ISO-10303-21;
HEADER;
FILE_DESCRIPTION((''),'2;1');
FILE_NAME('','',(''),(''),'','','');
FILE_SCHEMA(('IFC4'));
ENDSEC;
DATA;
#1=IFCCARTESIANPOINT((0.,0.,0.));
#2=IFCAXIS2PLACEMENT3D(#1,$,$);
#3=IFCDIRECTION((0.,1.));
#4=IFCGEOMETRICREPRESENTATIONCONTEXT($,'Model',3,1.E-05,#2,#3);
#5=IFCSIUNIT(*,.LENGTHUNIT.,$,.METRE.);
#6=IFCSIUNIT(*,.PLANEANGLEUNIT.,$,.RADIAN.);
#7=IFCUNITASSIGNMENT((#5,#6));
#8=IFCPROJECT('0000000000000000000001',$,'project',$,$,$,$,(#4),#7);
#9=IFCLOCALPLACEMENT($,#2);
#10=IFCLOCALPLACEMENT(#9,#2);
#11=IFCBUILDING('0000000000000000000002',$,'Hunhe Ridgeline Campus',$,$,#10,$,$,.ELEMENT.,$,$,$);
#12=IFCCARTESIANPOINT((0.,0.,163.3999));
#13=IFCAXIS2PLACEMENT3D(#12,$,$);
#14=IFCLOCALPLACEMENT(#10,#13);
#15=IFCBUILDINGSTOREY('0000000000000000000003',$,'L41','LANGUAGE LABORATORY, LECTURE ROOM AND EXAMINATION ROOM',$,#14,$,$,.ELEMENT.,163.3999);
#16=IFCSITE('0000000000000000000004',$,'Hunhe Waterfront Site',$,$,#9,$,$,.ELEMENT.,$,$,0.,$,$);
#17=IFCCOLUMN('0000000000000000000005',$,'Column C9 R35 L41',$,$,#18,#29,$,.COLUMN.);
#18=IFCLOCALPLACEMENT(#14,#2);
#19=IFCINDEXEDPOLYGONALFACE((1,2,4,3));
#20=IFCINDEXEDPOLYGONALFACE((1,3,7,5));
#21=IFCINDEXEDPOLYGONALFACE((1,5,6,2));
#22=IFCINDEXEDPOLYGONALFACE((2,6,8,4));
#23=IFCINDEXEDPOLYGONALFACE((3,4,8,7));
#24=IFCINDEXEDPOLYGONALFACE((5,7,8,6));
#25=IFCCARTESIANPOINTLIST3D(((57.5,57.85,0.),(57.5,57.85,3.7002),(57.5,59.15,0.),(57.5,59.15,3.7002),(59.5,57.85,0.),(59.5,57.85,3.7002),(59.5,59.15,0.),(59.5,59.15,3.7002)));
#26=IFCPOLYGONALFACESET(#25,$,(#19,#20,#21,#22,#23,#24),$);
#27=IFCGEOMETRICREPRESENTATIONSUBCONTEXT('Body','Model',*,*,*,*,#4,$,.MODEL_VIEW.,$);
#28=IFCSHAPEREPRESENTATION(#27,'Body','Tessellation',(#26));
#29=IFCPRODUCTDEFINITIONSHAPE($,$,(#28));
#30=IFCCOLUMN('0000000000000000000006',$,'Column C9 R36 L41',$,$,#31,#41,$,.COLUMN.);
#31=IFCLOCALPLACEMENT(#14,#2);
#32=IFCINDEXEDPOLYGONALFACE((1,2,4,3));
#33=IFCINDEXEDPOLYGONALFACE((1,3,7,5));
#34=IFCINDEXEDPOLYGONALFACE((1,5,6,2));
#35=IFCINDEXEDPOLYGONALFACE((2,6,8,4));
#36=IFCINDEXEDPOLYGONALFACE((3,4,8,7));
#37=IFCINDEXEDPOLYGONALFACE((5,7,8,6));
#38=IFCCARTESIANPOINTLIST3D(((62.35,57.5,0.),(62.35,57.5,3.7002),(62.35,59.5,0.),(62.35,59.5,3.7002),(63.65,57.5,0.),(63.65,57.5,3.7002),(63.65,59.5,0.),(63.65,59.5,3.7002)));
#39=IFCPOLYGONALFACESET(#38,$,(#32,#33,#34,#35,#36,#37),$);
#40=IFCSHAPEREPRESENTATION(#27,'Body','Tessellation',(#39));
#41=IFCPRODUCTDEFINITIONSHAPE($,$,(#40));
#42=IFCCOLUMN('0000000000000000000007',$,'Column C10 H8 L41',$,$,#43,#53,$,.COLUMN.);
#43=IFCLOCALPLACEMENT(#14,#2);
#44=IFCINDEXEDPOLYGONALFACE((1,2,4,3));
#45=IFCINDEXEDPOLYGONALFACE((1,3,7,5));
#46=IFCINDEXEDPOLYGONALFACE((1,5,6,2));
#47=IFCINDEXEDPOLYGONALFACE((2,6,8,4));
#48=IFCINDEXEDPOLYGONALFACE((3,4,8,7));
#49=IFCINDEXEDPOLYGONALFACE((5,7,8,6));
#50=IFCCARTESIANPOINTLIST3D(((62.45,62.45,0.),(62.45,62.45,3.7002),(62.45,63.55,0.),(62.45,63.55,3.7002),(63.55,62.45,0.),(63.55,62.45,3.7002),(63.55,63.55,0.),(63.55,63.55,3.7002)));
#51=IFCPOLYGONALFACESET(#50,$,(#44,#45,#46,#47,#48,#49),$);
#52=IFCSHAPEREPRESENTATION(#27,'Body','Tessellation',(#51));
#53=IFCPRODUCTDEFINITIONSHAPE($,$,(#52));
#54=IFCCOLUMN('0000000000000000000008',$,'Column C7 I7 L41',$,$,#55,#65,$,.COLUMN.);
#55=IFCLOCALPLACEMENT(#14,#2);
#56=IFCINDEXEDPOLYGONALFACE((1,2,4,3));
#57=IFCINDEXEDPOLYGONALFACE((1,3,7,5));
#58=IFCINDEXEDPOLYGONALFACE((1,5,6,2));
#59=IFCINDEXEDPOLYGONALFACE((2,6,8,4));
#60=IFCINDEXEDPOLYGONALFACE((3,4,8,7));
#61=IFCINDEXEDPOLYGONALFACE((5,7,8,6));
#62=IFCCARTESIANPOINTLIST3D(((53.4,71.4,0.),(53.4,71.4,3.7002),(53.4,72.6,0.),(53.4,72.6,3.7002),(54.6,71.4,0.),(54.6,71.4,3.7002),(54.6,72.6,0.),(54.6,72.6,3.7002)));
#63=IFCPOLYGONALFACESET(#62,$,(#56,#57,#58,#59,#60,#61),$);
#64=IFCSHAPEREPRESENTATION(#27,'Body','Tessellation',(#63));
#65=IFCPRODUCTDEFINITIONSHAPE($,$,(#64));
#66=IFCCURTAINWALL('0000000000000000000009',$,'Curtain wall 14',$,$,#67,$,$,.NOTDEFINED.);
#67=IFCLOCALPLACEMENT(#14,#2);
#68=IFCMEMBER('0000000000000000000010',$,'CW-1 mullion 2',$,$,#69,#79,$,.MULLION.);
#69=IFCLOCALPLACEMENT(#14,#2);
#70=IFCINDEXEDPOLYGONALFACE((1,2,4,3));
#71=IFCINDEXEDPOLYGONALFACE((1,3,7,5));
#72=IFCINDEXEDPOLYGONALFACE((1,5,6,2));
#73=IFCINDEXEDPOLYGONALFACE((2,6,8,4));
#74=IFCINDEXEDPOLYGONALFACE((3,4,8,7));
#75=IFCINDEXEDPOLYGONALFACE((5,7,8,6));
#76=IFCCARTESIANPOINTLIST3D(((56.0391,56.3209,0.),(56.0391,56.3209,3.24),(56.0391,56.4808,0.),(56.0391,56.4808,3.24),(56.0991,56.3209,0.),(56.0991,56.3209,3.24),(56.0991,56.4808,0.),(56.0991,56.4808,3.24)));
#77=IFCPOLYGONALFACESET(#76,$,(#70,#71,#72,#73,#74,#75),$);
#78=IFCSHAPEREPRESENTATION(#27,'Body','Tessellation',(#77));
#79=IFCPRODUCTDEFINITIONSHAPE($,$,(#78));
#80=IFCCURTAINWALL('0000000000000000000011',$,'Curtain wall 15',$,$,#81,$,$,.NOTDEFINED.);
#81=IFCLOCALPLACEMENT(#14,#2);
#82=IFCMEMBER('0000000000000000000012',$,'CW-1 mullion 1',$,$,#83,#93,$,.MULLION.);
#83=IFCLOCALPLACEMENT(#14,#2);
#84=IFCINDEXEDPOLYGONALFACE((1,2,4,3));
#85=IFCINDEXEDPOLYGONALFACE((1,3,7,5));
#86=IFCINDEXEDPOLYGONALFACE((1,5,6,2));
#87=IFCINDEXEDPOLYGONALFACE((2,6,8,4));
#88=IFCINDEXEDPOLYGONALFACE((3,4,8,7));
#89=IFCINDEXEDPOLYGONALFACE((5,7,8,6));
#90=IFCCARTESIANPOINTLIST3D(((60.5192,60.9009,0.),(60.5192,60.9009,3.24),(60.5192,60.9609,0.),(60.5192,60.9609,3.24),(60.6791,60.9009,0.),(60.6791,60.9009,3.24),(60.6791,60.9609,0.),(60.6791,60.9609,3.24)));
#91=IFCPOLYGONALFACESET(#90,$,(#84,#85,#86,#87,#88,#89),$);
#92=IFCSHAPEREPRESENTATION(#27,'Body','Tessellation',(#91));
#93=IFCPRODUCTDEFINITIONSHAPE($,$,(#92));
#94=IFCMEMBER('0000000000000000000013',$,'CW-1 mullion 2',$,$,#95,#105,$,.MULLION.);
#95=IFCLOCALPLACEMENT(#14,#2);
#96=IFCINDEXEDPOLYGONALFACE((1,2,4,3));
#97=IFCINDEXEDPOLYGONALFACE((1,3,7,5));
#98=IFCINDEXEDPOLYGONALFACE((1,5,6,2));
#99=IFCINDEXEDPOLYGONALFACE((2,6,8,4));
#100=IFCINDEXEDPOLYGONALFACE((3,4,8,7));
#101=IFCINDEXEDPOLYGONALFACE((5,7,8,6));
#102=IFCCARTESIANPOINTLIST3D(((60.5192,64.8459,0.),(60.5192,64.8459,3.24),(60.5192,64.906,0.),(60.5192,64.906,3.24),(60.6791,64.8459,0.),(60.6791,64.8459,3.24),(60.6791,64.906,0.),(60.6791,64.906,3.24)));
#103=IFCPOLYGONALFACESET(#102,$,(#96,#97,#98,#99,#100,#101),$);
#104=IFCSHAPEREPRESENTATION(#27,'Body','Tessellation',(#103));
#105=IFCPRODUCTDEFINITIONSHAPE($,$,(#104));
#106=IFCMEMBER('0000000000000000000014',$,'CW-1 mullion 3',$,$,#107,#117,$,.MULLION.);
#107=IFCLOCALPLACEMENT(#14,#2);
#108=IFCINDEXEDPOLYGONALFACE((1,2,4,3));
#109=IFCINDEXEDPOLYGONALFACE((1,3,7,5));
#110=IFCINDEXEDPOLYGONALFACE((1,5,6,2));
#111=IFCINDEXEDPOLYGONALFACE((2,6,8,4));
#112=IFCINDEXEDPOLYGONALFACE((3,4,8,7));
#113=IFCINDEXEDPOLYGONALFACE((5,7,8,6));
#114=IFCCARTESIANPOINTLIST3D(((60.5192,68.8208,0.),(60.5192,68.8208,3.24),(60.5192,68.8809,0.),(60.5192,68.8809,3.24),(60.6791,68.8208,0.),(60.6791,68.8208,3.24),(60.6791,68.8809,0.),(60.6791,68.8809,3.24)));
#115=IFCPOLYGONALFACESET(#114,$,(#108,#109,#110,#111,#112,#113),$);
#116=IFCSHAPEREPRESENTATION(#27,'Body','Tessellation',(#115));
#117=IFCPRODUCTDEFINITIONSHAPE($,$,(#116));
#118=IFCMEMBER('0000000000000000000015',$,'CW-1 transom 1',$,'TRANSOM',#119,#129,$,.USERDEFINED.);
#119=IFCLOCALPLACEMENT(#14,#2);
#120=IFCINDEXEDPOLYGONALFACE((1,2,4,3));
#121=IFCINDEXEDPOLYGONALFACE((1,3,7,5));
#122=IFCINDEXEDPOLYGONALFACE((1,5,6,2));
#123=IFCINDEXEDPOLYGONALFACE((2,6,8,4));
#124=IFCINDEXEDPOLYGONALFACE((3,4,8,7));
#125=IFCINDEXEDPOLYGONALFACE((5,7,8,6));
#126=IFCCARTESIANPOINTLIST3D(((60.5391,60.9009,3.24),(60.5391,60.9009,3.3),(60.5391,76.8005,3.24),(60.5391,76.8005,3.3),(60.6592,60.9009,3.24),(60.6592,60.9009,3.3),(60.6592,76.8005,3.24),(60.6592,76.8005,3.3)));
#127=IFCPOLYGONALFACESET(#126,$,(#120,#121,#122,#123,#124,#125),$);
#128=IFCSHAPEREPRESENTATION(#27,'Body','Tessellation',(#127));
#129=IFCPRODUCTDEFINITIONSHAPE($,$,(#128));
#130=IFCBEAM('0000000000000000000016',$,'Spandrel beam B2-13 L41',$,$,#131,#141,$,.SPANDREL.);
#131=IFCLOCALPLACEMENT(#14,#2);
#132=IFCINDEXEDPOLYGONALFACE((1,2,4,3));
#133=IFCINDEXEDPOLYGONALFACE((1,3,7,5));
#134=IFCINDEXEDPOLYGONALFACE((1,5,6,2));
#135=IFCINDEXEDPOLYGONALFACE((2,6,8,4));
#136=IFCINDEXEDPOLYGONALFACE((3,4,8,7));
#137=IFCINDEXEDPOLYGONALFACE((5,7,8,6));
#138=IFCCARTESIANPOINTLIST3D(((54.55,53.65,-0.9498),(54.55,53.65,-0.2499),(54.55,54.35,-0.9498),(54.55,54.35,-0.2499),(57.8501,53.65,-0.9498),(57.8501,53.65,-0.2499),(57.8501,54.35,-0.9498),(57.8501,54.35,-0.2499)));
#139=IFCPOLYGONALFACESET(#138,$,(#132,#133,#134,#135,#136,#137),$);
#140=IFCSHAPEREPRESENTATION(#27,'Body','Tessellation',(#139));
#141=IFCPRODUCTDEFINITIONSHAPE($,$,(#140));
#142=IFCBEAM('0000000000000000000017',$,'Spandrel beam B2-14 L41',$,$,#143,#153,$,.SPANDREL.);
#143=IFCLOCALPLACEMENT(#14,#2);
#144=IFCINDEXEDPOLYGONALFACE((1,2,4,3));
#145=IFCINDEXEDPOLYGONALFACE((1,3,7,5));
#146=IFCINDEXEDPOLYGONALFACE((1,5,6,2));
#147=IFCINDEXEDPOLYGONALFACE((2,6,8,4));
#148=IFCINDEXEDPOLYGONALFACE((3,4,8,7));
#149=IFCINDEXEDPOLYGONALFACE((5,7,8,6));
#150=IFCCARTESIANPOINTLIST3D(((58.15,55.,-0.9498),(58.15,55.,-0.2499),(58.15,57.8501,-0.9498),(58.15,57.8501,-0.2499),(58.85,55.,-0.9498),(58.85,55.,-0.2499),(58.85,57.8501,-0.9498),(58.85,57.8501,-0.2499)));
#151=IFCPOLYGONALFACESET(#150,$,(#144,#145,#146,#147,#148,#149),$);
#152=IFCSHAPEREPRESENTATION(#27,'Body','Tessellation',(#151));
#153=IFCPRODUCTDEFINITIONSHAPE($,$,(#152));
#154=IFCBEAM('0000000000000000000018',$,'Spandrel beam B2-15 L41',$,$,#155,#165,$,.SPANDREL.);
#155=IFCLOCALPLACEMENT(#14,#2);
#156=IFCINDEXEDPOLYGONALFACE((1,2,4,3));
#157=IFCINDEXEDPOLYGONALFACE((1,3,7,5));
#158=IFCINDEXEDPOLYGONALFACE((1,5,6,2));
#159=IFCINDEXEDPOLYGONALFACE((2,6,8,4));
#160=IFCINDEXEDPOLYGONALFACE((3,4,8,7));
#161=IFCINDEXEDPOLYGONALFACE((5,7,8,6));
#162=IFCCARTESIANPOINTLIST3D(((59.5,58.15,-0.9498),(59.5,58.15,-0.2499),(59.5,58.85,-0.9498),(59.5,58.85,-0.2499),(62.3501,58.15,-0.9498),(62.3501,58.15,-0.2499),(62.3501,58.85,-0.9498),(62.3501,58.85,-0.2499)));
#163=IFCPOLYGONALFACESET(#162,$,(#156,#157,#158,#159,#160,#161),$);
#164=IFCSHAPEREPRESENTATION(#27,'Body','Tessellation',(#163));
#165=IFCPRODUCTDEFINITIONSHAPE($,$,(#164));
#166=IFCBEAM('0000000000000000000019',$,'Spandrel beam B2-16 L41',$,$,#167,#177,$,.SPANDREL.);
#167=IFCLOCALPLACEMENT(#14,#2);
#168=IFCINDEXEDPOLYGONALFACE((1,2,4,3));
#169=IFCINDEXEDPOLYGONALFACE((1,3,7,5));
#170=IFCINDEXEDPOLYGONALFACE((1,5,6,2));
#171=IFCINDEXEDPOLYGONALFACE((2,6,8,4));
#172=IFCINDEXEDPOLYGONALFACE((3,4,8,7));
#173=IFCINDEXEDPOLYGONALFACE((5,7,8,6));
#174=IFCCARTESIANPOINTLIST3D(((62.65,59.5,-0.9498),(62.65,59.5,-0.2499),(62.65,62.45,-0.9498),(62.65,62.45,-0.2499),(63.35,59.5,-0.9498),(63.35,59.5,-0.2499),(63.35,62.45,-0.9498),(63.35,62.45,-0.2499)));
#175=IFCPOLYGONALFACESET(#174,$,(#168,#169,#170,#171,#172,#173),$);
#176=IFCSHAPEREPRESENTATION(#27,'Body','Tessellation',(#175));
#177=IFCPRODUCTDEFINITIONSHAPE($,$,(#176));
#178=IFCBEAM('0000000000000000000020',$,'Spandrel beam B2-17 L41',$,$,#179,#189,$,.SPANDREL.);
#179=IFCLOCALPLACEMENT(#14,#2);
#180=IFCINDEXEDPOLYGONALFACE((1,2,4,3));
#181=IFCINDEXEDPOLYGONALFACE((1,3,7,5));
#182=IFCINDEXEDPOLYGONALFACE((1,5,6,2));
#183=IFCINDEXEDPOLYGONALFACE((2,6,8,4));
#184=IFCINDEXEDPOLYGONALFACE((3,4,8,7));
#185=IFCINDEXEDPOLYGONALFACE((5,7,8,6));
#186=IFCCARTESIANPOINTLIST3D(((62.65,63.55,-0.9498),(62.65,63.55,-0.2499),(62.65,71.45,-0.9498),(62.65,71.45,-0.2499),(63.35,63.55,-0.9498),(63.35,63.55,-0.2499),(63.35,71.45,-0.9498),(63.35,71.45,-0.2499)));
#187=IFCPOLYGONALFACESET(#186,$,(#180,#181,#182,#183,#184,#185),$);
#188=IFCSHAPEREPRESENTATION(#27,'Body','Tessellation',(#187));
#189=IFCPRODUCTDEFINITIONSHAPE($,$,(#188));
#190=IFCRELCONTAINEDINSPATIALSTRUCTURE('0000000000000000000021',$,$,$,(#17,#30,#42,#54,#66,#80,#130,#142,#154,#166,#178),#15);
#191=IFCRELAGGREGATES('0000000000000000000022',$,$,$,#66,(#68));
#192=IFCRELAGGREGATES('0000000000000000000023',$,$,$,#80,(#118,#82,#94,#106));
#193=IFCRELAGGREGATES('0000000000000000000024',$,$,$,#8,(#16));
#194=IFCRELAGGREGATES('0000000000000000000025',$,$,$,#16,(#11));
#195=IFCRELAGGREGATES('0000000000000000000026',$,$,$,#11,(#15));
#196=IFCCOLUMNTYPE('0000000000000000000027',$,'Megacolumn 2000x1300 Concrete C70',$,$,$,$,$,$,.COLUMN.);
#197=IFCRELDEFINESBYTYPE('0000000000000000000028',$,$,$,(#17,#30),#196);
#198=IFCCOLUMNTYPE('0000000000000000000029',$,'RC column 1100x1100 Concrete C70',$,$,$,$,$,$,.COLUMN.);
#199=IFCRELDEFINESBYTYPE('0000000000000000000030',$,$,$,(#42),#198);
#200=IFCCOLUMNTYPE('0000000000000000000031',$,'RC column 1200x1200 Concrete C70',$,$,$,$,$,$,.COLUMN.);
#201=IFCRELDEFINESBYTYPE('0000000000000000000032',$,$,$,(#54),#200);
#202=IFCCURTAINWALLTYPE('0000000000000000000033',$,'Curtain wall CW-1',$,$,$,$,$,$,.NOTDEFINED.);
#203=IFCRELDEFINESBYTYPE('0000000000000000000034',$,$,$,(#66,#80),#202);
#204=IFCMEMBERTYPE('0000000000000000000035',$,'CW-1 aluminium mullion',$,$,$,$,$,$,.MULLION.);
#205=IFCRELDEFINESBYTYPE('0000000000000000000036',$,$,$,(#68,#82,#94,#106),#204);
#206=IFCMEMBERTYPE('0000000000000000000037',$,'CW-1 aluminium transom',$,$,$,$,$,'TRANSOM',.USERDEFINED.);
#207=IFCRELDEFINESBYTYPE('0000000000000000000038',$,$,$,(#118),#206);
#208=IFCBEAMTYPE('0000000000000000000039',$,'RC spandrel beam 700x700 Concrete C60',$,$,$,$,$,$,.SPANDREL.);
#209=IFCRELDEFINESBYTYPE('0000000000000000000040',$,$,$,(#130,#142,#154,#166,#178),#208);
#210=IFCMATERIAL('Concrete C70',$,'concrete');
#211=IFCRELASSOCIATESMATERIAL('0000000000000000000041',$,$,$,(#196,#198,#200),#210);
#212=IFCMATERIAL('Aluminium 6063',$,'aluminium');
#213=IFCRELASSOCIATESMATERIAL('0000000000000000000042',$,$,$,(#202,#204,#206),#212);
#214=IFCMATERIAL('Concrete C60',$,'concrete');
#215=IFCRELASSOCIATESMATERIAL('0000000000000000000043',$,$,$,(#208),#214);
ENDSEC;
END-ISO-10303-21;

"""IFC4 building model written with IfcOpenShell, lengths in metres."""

from ifc_helpers import new_model, si_unit, direction, frame, origin, origin_2d, place, context, subcontext, project, spatial, rectangle, extrude, material, material_profile, profile_set, type_object, element, aggregate, save


model = new_model("IFC4")

# Units and contexts
model_context = context("Model", 3, precision=1e-05, world=origin(), true_north=direction((0.0, 1.0)))
body_context = subcontext(model_context, "Body", "Model", "MODEL_VIEW")
ifc_project = project(units=[si_unit("LENGTHUNIT", "METRE"), si_unit("PLANEANGLEUNIT", "RADIAN")], contexts=[model_context])

# Site, building, storey
site_placement = place(None, origin())
site = spatial("IfcSite", under=ifc_project, at=site_placement, Name="Hunhe Waterfront Site", CompositionType="ELEMENT", RefElevation=0.0)
building_placement = place(site_placement, origin())
building = spatial("IfcBuilding", under=site, at=building_placement, Name="Hunhe Ridgeline Campus", CompositionType="ELEMENT")
storey_placement = place(building_placement, frame((0.0, 0.0, 163.3999)))
storey = spatial("IfcBuildingStorey", under=building, at=storey_placement, Name="L41", Description="LANGUAGE LABORATORY, LECTURE ROOM AND EXAMINATION ROOM", CompositionType="ELEMENT", Elevation=163.3999)

# Columns
ifc_material_1 = material(Name="Concrete C70", Category="concrete")
ifc_material_profile_1 = material_profile(ifc_material_1, rectangle(XDim=2.0, YDim=1.3, at=origin_2d()))
ifc_profile_set_1 = profile_set([ifc_material_profile_1], Name="Concrete C70")
column_type_1 = type_object("IfcColumnType", Name="Megacolumn 2000x1300 Concrete C70", PredefinedType="COLUMN", material=ifc_profile_set_1)
for number, where, z_axis, x_axis, name in (
    (1, (58.5, 58.5, 0.0), (0.0, 0.0, 1.0), (1.0, 0.0, 0.0), "Column C9 R35 L41"),
    (2, (63.0, 58.5, 0.0), (0.0, 0.0, 1.0), (0.0, 1.0, 0.0), "Column C9 R36 L41"),
):
    element("IfcColumn", number, at=place(storey_placement, frame(where, z_axis=z_axis, x_axis=x_axis)), inside=storey, type_object=column_type_1, Name=name, PredefinedType="COLUMN", context=body_context, shape_type="SweptSolid", body=[
        extrude(rectangle(XDim=2.0, YDim=1.3, at=origin_2d()), origin(), (0.0, 0.0, 1.0), 3.7002),
    ])
ifc_material_profile_2 = material_profile(ifc_material_1, rectangle(XDim=1.1001, YDim=1.1001, at=origin_2d()))
ifc_profile_set_2 = profile_set([ifc_material_profile_2], Name="Concrete C70")
column_type_2 = type_object("IfcColumnType", Name="RC column 1100x1100 Concrete C70", PredefinedType="COLUMN", material=ifc_profile_set_2)
column_1_placement = place(storey_placement, frame((63.0, 63.0, 0.0), z_axis=(0.0, 0.0, 1.0), x_axis=(1.0, 0.0, 0.0)))
element("IfcColumn", 3, at=column_1_placement, inside=storey, type_object=column_type_2, Name="Column C10 H8 L41", PredefinedType="COLUMN", context=body_context, shape_type="SweptSolid", body=[
    extrude(rectangle(XDim=1.1001, YDim=1.1001, at=origin_2d()), origin(), (0.0, 0.0, 1.0), 3.7002),
])
ifc_material_profile_3 = material_profile(ifc_material_1, rectangle(XDim=1.2, YDim=1.2, at=origin_2d()))
ifc_profile_set_3 = profile_set([ifc_material_profile_3], Name="Concrete C70")
column_type_3 = type_object("IfcColumnType", Name="RC column 1200x1200 Concrete C70", PredefinedType="COLUMN", material=ifc_profile_set_3)
column_2_placement = place(storey_placement, frame((54.0, 72.0, 0.0), z_axis=(0.0, 0.0, 1.0), x_axis=(1.0, 0.0, 0.0)))
element("IfcColumn", 4, at=column_2_placement, inside=storey, type_object=column_type_3, Name="Column C7 I7 L41", PredefinedType="COLUMN", context=body_context, shape_type="SweptSolid", body=[
    extrude(rectangle(XDim=1.2, YDim=1.2, at=origin_2d()), origin(), (0.0, 0.0, 1.0), 3.7002),
])

# Curtain wall, member
ifc_material_2 = material(Name="Aluminium 6063", Category="aluminium")
curtain_wall_type = type_object("IfcCurtainWallType", Name="Curtain wall CW-1", PredefinedType="NOTDEFINED", material=ifc_material_2)
curtain_wall_1_placement = place(storey_placement, origin())
curtain_wall_1 = element("IfcCurtainWall", 5, at=curtain_wall_1_placement, inside=storey, type_object=curtain_wall_type, Name="Curtain wall 14", PredefinedType="NOTDEFINED")
ifc_material_profile_4 = material_profile(ifc_material_2, rectangle(XDim=0.1599, YDim=0.0601, at=origin_2d()))
ifc_profile_set_4 = profile_set([ifc_material_profile_4], Name="Aluminium 6063")
member_type_1 = type_object("IfcMemberType", Name="CW-1 aluminium mullion", PredefinedType="MULLION", material=ifc_profile_set_4)
member_1_placement = place(storey_placement, frame((56.0691, 56.4009, 0.0), z_axis=(0.0, 0.0, 1.0), x_axis=(-0.000002, 1.0, 0.0)))
member_1 = element("IfcMember", 6, at=member_1_placement, type_object=member_type_1, Name="CW-1 mullion 2", PredefinedType="MULLION", context=body_context, shape_type="SweptSolid", body=[
    extrude(rectangle(XDim=0.1599, YDim=0.0601, at=origin_2d()), origin(), (0.0, 0.0, 1.0), 3.24),
])
aggregate(curtain_wall_1, [member_1])

# Curtain wall, members
curtain_wall_2_placement = place(storey_placement, origin())
curtain_wall_2 = element("IfcCurtainWall", 7, at=curtain_wall_2_placement, inside=storey, type_object=curtain_wall_type, Name="Curtain wall 15", PredefinedType="NOTDEFINED")
member_2_placement = place(storey_placement, frame((60.5991, 60.9309, 0.0), z_axis=(0.0, 0.0, 1.0), x_axis=(-1.0, 0.0, 0.0)))
member_2 = element("IfcMember", 8, at=member_2_placement, type_object=member_type_1, Name="CW-1 mullion 1", PredefinedType="MULLION", context=body_context, shape_type="SweptSolid", body=[
    extrude(rectangle(XDim=0.1599, YDim=0.0601, at=origin_2d()), origin(), (0.0, 0.0, 1.0), 3.24),
])
member_3_placement = place(storey_placement, frame((60.5991, 64.876, 0.0), z_axis=(0.0, 0.0, 1.0), x_axis=(-1.0, 0.0, 0.0)))
member_3 = element("IfcMember", 9, at=member_3_placement, type_object=member_type_1, Name="CW-1 mullion 2", PredefinedType="MULLION", context=body_context, shape_type="SweptSolid", body=[
    extrude(rectangle(XDim=0.1599, YDim=0.0601, at=origin_2d()), origin(), (0.0, 0.0, 1.0), 3.24),
])
member_4_placement = place(storey_placement, frame((60.5991, 68.8508, 0.0), z_axis=(0.0, 0.0, 1.0), x_axis=(-1.0, 0.0, 0.0)))
member_4 = element("IfcMember", 10, at=member_4_placement, type_object=member_type_1, Name="CW-1 mullion 3", PredefinedType="MULLION", context=body_context, shape_type="SweptSolid", body=[
    extrude(rectangle(XDim=0.1599, YDim=0.0601, at=origin_2d()), origin(), (0.0, 0.0, 1.0), 3.24),
])
ifc_material_profile_5 = material_profile(ifc_material_2, rectangle(XDim=0.1201, YDim=0.0601, at=origin_2d()))
ifc_profile_set_5 = profile_set([ifc_material_profile_5], Name="Aluminium 6063")
member_type_2 = type_object("IfcMemberType", Name="CW-1 aluminium transom", ElementType="TRANSOM", PredefinedType="USERDEFINED", material=ifc_profile_set_5)
member_5_placement = place(storey_placement, frame((60.5991, 60.9009, 3.27), z_axis=(0.0, 1.0, 0.0), x_axis=(-1.0, 0.0, 0.0)))
member_5 = element("IfcMember", 11, at=member_5_placement, type_object=member_type_2, Name="CW-1 transom 1", ObjectType="TRANSOM", PredefinedType="USERDEFINED", context=body_context, shape_type="SweptSolid", body=[
    extrude(rectangle(XDim=0.1201, YDim=0.0601, at=origin_2d()), origin(), (0.0, 0.0, 1.0), 15.8997),
])

# Beams
ifc_material_3 = material(Name="Concrete C60", Category="concrete")
ifc_material_profile_6 = material_profile(ifc_material_3, rectangle(XDim=0.7, YDim=0.7, at=origin_2d()))
ifc_profile_set_6 = profile_set([ifc_material_profile_6], Name="Concrete C60")
beam_type = type_object("IfcBeamType", Name="RC spandrel beam 700x700 Concrete C60", PredefinedType="SPANDREL", material=ifc_profile_set_6)
beam_1_placement = place(storey_placement, frame((54.55, 54.0, -0.5999), z_axis=(1.0, 0.0, 0.0), x_axis=(0.0, 1.0, 0.0)))
element("IfcBeam", 12, at=beam_1_placement, inside=storey, type_object=beam_type, Name="Spandrel beam B2-13 L41", PredefinedType="SPANDREL", context=body_context, shape_type="SweptSolid", body=[
    extrude(rectangle(XDim=0.7, YDim=0.7, at=origin_2d()), origin(), (0.0, 0.0, 1.0), 3.3),
])
for number, where, z_axis, x_axis, name in (
    (13, (58.5, 55.0, -0.5999), (0.0, 1.0, 0.0), (-1.0, 0.0, 0.0), "Spandrel beam B2-14 L41"),
    (14, (59.5, 58.5, -0.5999), (1.0, 0.0, 0.0), (0.0, 1.0, 0.0), "Spandrel beam B2-15 L41"),
):
    element("IfcBeam", number, at=place(storey_placement, frame(where, z_axis=z_axis, x_axis=x_axis)), inside=storey, type_object=beam_type, Name=name, PredefinedType="SPANDREL", context=body_context, shape_type="SweptSolid", body=[
        extrude(rectangle(XDim=0.7, YDim=0.7, at=origin_2d()), origin(), (0.0, 0.0, 1.0), 2.8501),
    ])
beam_2_placement = place(storey_placement, frame((63.0, 59.5, -0.5999), z_axis=(0.0, 1.0, 0.0), x_axis=(-1.0, 0.0, 0.0)))
element("IfcBeam", 15, at=beam_2_placement, inside=storey, type_object=beam_type, Name="Spandrel beam B2-16 L41", PredefinedType="SPANDREL", context=body_context, shape_type="SweptSolid", body=[
    extrude(rectangle(XDim=0.7, YDim=0.7, at=origin_2d()), origin(), (0.0, 0.0, 1.0), 2.95),
])
beam_3_placement = place(storey_placement, frame((63.0, 63.55, -0.5999), z_axis=(0.0, 1.0, 0.0), x_axis=(-1.0, 0.0, 0.0)))
element("IfcBeam", 16, at=beam_3_placement, inside=storey, type_object=beam_type, Name="Spandrel beam B2-17 L41", PredefinedType="SPANDREL", context=body_context, shape_type="SweptSolid", body=[
    extrude(rectangle(XDim=0.7, YDim=0.7, at=origin_2d()), origin(), (0.0, 0.0, 1.0), 7.8999),
])

aggregate(curtain_wall_2, [member_5, member_2, member_3, member_4])

save(model, "model.ifc")
